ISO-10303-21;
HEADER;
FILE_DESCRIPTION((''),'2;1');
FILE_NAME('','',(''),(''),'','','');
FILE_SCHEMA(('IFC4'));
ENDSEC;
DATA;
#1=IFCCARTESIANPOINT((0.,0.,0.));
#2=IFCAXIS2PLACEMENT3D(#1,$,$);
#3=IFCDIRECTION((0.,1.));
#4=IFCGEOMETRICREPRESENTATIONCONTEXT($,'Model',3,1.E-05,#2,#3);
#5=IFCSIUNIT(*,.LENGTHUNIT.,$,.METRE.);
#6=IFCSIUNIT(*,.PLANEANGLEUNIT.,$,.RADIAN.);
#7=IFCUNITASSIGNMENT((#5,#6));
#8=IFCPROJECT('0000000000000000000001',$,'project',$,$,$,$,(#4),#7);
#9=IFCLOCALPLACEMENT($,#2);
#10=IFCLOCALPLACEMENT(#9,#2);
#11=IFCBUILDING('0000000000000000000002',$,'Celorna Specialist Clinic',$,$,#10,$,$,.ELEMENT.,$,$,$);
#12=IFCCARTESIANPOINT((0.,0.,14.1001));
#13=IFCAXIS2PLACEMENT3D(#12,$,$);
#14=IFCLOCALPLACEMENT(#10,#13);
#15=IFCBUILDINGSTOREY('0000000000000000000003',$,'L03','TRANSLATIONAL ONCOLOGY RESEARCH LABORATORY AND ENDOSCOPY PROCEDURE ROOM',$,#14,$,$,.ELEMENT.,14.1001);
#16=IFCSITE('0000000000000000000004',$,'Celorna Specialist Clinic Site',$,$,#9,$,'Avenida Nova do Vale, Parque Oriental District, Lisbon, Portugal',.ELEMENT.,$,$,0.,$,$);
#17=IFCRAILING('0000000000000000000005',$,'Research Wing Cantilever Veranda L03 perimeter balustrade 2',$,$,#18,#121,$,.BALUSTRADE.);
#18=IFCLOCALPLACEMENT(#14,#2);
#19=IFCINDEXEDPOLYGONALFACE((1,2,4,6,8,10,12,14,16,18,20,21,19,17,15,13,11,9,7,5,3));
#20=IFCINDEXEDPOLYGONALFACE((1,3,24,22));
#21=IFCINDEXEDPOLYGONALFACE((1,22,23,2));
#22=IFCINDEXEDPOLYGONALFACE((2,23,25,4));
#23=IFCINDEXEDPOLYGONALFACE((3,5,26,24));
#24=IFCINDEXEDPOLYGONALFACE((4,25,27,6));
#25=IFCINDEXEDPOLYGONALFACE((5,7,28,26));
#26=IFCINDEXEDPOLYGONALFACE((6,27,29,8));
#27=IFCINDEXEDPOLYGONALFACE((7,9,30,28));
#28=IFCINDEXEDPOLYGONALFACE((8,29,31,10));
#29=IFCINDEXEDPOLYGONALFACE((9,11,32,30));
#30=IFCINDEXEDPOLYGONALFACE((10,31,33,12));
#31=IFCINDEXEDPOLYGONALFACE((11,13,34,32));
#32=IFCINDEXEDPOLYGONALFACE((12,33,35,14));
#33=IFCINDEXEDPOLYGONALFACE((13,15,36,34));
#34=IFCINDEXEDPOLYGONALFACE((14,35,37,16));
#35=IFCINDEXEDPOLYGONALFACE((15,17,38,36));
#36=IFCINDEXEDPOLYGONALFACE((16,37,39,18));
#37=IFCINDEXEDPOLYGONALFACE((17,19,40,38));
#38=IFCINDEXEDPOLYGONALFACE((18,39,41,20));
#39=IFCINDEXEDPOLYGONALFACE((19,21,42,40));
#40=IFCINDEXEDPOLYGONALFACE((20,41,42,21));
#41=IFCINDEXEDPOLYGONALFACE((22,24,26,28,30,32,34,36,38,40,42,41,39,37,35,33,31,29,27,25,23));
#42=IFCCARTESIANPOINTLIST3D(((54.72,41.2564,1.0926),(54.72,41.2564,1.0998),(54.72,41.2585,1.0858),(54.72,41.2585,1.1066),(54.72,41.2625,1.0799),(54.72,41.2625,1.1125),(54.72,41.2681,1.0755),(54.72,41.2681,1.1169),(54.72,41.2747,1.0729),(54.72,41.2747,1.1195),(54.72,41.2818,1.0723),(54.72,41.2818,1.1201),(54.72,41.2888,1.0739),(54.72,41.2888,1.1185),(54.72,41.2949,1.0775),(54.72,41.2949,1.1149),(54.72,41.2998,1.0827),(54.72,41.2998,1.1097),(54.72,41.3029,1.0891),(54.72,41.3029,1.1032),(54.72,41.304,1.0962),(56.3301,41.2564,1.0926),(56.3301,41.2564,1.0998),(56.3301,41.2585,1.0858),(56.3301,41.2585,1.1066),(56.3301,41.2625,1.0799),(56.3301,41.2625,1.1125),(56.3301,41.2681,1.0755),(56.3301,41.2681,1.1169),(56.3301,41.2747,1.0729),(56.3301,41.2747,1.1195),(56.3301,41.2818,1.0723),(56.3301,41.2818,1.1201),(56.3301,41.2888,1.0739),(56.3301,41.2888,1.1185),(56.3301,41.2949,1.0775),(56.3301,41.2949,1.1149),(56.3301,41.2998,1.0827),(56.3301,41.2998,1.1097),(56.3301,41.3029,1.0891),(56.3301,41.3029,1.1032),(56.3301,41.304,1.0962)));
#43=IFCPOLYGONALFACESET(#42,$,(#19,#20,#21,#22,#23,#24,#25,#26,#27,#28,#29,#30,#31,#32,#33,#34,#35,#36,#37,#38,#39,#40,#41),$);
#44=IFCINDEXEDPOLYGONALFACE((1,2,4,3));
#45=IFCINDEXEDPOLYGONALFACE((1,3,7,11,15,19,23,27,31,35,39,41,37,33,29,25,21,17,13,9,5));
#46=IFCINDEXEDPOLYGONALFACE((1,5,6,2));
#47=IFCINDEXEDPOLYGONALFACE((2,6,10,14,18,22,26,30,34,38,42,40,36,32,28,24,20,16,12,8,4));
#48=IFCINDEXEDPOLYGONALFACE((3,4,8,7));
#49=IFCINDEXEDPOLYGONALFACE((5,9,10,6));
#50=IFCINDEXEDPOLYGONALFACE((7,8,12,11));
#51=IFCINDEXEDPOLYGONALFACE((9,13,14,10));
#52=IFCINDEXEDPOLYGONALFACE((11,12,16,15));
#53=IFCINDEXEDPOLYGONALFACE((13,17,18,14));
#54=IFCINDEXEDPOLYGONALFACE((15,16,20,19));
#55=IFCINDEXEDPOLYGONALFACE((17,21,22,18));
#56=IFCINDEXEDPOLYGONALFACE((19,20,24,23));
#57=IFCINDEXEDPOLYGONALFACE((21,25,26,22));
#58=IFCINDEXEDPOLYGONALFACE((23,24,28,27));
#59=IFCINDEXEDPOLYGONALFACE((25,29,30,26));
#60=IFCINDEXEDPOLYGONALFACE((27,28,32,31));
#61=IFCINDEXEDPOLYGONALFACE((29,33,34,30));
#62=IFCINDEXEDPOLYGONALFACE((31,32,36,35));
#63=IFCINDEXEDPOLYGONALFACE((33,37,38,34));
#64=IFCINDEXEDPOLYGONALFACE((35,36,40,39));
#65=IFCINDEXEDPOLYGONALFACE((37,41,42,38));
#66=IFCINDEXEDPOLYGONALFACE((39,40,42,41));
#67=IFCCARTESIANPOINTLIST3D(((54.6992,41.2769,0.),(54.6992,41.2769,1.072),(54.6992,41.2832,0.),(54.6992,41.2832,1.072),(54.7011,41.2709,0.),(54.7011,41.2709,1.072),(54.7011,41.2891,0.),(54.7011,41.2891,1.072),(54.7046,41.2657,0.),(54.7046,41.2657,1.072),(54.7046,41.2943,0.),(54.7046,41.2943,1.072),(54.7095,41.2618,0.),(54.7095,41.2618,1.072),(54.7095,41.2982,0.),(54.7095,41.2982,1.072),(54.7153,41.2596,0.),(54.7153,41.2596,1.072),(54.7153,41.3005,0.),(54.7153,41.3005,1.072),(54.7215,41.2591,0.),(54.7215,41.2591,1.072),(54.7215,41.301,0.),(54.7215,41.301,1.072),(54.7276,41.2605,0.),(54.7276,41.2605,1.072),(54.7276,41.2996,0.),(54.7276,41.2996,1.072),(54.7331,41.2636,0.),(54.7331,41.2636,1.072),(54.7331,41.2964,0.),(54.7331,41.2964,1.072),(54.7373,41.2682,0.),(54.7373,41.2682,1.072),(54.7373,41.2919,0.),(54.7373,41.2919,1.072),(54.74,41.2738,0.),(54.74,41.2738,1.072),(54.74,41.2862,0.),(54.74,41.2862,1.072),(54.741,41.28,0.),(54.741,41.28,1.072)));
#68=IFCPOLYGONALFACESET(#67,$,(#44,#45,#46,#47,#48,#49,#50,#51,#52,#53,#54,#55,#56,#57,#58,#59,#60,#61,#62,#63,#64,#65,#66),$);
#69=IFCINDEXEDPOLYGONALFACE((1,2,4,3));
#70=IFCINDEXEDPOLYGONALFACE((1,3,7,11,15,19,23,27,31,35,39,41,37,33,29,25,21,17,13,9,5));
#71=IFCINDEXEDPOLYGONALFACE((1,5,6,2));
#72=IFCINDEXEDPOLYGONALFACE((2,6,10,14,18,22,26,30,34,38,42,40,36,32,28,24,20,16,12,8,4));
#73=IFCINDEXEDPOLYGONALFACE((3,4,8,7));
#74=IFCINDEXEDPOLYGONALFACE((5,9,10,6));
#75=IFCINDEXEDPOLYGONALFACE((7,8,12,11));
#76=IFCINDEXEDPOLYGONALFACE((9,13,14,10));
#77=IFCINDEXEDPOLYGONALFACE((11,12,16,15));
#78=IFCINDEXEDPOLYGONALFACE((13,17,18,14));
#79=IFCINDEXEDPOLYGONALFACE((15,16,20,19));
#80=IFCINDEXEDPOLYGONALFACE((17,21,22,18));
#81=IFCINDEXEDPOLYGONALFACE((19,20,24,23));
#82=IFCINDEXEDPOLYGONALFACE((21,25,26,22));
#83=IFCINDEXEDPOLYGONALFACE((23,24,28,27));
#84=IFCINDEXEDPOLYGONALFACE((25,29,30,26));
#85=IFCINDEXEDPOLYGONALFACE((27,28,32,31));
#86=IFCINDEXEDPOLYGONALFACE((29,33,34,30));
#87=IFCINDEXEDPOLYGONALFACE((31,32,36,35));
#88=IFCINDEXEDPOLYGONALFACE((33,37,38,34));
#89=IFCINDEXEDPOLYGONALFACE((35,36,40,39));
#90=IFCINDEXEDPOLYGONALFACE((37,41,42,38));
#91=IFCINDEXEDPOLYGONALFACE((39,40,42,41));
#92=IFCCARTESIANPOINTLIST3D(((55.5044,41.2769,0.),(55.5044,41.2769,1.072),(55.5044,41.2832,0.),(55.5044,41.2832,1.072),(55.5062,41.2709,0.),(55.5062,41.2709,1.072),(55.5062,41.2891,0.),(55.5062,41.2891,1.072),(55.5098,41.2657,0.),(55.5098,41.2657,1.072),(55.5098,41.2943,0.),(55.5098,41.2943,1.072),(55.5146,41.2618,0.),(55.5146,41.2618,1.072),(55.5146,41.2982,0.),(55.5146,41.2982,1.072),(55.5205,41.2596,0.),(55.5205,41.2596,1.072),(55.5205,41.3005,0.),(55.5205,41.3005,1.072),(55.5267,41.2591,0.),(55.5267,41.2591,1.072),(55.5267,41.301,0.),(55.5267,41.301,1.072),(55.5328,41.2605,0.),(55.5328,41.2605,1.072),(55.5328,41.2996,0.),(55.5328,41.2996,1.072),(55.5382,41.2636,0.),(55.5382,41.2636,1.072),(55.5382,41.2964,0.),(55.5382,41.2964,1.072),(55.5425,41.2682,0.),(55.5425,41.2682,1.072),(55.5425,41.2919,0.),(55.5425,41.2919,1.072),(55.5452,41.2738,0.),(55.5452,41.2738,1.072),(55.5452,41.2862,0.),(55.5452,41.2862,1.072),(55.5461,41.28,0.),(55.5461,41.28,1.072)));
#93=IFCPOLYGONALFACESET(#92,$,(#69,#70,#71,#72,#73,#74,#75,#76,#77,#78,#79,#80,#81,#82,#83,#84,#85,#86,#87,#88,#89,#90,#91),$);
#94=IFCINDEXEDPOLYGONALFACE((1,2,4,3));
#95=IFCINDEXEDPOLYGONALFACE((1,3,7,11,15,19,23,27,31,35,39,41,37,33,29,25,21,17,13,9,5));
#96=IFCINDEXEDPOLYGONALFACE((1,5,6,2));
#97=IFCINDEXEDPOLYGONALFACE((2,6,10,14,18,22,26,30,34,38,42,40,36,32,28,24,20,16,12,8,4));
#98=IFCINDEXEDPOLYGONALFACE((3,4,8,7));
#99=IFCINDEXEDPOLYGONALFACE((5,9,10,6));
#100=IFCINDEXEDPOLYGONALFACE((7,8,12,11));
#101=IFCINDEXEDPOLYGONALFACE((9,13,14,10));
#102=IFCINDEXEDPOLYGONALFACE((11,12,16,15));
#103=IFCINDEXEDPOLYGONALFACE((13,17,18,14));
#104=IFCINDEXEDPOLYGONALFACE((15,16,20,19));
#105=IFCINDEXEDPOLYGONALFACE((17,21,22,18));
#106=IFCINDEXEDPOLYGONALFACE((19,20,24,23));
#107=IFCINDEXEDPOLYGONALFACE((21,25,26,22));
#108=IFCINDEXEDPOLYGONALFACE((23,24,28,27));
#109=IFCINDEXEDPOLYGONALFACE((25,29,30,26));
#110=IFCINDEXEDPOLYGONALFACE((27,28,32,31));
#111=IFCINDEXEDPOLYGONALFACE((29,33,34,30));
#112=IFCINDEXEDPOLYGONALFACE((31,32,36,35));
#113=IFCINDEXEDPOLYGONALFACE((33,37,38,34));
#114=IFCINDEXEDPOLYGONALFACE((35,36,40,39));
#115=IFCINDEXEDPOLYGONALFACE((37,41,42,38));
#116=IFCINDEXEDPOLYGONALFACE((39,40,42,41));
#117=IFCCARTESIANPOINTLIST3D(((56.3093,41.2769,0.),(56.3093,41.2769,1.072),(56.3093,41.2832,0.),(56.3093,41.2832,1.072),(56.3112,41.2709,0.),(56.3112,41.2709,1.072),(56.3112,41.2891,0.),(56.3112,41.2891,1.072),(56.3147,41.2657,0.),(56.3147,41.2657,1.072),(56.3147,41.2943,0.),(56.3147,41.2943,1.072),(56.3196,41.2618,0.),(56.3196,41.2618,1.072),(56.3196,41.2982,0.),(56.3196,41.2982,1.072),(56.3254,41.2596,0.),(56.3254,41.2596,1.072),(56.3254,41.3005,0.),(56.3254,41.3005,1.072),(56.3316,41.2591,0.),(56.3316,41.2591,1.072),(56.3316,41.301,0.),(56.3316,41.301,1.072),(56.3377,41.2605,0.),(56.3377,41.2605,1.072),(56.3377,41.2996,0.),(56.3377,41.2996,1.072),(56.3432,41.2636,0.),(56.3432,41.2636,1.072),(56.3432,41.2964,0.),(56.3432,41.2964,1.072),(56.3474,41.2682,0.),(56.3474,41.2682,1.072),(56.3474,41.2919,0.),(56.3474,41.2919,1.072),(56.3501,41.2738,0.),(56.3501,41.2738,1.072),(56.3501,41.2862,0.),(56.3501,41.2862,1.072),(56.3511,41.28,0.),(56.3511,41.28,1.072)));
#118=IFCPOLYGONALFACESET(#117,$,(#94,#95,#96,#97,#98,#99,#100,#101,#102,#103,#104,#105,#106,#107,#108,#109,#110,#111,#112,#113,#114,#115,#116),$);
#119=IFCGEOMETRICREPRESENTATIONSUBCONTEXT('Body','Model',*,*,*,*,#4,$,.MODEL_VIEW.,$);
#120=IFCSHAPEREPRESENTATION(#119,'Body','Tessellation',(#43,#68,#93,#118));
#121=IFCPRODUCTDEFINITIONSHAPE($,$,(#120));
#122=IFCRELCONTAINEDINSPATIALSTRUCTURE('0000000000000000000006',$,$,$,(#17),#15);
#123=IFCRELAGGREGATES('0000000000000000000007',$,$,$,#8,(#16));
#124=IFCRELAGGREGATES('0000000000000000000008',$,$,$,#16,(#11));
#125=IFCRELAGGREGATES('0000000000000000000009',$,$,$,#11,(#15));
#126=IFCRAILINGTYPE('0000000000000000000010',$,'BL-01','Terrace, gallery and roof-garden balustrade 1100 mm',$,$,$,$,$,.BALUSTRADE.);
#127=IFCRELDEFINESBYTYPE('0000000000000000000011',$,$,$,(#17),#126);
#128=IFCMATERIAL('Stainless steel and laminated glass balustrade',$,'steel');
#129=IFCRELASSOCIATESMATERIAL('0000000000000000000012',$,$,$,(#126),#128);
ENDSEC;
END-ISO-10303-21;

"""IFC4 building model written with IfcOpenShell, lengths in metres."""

from ifc_helpers import new_model, si_unit, direction, frame, origin, origin_2d, place, context, subcontext, project, spatial, circle, extrude, material, type_object, element, save


model = new_model("IFC4")

# Units and contexts
model_context = context("Model", 3, precision=1e-05, world=origin(), true_north=direction((0.0, 1.0)))
body_context = subcontext(model_context, "Body", "Model", "MODEL_VIEW")
ifc_project = project(units=[si_unit("LENGTHUNIT", "METRE"), si_unit("PLANEANGLEUNIT", "RADIAN")], contexts=[model_context])

# Site, building, storey
site_placement = place(None, origin())
site = spatial("IfcSite", under=ifc_project, at=site_placement, Name="Celorna Specialist Clinic Site", LongName="Avenida Nova do Vale, Parque Oriental District, Lisbon, Portugal", CompositionType="ELEMENT", RefElevation=0.0)
building_placement = place(site_placement, origin())
building = spatial("IfcBuilding", under=site, at=building_placement, Name="Celorna Specialist Clinic", CompositionType="ELEMENT")
storey_placement = place(building_placement, frame((0.0, 0.0, 14.1001)))
storey = spatial("IfcBuildingStorey", under=building, at=storey_placement, Name="L03", Description="TRANSLATIONAL ONCOLOGY RESEARCH LABORATORY AND ENDOSCOPY PROCEDURE ROOM", CompositionType="ELEMENT", Elevation=14.1001)

# Railing
ifc_material_1 = material(Name="Stainless steel and laminated glass balustrade", Category="steel")
railing_type = type_object("IfcRailingType", Name="BL-01", Description="Terrace, gallery and roof-garden balustrade 1100 mm", PredefinedType="BALUSTRADE", material=ifc_material_1)
railing_1_placement = place(storey_placement, frame((54.72, 41.28, 0.0)))
element("IfcRailing", 1, at=railing_1_placement, inside=storey, type_object=railing_type, Name="Research Wing Cantilever Veranda L03 perimeter balustrade 2", PredefinedType="BALUSTRADE", context=body_context, shape_type="SweptSolid", body=[
    extrude(circle(Radius=0.0239, at=origin_2d()), frame((0.0, 0.0, 1.0962), z_axis=(1.0, 0.0, 0.0), x_axis=(0.0, 1.0, 0.0)), (0.0, 0.0, 1.0), 1.6101),
    extrude(circle(Radius=0.021, at=origin_2d()), origin(), (0.0, 0.0, 1.0), 1.072),
    extrude(circle(Radius=0.021, at=origin_2d()), frame((0.8052, 0.0, 0.0)), (0.0, 0.0, 1.0), 1.072),
    extrude(circle(Radius=0.021, at=origin_2d()), frame((1.6101, 0.0, 0.0)), (0.0, 0.0, 1.0), 1.072),
])

save(model, "model.ifc")
